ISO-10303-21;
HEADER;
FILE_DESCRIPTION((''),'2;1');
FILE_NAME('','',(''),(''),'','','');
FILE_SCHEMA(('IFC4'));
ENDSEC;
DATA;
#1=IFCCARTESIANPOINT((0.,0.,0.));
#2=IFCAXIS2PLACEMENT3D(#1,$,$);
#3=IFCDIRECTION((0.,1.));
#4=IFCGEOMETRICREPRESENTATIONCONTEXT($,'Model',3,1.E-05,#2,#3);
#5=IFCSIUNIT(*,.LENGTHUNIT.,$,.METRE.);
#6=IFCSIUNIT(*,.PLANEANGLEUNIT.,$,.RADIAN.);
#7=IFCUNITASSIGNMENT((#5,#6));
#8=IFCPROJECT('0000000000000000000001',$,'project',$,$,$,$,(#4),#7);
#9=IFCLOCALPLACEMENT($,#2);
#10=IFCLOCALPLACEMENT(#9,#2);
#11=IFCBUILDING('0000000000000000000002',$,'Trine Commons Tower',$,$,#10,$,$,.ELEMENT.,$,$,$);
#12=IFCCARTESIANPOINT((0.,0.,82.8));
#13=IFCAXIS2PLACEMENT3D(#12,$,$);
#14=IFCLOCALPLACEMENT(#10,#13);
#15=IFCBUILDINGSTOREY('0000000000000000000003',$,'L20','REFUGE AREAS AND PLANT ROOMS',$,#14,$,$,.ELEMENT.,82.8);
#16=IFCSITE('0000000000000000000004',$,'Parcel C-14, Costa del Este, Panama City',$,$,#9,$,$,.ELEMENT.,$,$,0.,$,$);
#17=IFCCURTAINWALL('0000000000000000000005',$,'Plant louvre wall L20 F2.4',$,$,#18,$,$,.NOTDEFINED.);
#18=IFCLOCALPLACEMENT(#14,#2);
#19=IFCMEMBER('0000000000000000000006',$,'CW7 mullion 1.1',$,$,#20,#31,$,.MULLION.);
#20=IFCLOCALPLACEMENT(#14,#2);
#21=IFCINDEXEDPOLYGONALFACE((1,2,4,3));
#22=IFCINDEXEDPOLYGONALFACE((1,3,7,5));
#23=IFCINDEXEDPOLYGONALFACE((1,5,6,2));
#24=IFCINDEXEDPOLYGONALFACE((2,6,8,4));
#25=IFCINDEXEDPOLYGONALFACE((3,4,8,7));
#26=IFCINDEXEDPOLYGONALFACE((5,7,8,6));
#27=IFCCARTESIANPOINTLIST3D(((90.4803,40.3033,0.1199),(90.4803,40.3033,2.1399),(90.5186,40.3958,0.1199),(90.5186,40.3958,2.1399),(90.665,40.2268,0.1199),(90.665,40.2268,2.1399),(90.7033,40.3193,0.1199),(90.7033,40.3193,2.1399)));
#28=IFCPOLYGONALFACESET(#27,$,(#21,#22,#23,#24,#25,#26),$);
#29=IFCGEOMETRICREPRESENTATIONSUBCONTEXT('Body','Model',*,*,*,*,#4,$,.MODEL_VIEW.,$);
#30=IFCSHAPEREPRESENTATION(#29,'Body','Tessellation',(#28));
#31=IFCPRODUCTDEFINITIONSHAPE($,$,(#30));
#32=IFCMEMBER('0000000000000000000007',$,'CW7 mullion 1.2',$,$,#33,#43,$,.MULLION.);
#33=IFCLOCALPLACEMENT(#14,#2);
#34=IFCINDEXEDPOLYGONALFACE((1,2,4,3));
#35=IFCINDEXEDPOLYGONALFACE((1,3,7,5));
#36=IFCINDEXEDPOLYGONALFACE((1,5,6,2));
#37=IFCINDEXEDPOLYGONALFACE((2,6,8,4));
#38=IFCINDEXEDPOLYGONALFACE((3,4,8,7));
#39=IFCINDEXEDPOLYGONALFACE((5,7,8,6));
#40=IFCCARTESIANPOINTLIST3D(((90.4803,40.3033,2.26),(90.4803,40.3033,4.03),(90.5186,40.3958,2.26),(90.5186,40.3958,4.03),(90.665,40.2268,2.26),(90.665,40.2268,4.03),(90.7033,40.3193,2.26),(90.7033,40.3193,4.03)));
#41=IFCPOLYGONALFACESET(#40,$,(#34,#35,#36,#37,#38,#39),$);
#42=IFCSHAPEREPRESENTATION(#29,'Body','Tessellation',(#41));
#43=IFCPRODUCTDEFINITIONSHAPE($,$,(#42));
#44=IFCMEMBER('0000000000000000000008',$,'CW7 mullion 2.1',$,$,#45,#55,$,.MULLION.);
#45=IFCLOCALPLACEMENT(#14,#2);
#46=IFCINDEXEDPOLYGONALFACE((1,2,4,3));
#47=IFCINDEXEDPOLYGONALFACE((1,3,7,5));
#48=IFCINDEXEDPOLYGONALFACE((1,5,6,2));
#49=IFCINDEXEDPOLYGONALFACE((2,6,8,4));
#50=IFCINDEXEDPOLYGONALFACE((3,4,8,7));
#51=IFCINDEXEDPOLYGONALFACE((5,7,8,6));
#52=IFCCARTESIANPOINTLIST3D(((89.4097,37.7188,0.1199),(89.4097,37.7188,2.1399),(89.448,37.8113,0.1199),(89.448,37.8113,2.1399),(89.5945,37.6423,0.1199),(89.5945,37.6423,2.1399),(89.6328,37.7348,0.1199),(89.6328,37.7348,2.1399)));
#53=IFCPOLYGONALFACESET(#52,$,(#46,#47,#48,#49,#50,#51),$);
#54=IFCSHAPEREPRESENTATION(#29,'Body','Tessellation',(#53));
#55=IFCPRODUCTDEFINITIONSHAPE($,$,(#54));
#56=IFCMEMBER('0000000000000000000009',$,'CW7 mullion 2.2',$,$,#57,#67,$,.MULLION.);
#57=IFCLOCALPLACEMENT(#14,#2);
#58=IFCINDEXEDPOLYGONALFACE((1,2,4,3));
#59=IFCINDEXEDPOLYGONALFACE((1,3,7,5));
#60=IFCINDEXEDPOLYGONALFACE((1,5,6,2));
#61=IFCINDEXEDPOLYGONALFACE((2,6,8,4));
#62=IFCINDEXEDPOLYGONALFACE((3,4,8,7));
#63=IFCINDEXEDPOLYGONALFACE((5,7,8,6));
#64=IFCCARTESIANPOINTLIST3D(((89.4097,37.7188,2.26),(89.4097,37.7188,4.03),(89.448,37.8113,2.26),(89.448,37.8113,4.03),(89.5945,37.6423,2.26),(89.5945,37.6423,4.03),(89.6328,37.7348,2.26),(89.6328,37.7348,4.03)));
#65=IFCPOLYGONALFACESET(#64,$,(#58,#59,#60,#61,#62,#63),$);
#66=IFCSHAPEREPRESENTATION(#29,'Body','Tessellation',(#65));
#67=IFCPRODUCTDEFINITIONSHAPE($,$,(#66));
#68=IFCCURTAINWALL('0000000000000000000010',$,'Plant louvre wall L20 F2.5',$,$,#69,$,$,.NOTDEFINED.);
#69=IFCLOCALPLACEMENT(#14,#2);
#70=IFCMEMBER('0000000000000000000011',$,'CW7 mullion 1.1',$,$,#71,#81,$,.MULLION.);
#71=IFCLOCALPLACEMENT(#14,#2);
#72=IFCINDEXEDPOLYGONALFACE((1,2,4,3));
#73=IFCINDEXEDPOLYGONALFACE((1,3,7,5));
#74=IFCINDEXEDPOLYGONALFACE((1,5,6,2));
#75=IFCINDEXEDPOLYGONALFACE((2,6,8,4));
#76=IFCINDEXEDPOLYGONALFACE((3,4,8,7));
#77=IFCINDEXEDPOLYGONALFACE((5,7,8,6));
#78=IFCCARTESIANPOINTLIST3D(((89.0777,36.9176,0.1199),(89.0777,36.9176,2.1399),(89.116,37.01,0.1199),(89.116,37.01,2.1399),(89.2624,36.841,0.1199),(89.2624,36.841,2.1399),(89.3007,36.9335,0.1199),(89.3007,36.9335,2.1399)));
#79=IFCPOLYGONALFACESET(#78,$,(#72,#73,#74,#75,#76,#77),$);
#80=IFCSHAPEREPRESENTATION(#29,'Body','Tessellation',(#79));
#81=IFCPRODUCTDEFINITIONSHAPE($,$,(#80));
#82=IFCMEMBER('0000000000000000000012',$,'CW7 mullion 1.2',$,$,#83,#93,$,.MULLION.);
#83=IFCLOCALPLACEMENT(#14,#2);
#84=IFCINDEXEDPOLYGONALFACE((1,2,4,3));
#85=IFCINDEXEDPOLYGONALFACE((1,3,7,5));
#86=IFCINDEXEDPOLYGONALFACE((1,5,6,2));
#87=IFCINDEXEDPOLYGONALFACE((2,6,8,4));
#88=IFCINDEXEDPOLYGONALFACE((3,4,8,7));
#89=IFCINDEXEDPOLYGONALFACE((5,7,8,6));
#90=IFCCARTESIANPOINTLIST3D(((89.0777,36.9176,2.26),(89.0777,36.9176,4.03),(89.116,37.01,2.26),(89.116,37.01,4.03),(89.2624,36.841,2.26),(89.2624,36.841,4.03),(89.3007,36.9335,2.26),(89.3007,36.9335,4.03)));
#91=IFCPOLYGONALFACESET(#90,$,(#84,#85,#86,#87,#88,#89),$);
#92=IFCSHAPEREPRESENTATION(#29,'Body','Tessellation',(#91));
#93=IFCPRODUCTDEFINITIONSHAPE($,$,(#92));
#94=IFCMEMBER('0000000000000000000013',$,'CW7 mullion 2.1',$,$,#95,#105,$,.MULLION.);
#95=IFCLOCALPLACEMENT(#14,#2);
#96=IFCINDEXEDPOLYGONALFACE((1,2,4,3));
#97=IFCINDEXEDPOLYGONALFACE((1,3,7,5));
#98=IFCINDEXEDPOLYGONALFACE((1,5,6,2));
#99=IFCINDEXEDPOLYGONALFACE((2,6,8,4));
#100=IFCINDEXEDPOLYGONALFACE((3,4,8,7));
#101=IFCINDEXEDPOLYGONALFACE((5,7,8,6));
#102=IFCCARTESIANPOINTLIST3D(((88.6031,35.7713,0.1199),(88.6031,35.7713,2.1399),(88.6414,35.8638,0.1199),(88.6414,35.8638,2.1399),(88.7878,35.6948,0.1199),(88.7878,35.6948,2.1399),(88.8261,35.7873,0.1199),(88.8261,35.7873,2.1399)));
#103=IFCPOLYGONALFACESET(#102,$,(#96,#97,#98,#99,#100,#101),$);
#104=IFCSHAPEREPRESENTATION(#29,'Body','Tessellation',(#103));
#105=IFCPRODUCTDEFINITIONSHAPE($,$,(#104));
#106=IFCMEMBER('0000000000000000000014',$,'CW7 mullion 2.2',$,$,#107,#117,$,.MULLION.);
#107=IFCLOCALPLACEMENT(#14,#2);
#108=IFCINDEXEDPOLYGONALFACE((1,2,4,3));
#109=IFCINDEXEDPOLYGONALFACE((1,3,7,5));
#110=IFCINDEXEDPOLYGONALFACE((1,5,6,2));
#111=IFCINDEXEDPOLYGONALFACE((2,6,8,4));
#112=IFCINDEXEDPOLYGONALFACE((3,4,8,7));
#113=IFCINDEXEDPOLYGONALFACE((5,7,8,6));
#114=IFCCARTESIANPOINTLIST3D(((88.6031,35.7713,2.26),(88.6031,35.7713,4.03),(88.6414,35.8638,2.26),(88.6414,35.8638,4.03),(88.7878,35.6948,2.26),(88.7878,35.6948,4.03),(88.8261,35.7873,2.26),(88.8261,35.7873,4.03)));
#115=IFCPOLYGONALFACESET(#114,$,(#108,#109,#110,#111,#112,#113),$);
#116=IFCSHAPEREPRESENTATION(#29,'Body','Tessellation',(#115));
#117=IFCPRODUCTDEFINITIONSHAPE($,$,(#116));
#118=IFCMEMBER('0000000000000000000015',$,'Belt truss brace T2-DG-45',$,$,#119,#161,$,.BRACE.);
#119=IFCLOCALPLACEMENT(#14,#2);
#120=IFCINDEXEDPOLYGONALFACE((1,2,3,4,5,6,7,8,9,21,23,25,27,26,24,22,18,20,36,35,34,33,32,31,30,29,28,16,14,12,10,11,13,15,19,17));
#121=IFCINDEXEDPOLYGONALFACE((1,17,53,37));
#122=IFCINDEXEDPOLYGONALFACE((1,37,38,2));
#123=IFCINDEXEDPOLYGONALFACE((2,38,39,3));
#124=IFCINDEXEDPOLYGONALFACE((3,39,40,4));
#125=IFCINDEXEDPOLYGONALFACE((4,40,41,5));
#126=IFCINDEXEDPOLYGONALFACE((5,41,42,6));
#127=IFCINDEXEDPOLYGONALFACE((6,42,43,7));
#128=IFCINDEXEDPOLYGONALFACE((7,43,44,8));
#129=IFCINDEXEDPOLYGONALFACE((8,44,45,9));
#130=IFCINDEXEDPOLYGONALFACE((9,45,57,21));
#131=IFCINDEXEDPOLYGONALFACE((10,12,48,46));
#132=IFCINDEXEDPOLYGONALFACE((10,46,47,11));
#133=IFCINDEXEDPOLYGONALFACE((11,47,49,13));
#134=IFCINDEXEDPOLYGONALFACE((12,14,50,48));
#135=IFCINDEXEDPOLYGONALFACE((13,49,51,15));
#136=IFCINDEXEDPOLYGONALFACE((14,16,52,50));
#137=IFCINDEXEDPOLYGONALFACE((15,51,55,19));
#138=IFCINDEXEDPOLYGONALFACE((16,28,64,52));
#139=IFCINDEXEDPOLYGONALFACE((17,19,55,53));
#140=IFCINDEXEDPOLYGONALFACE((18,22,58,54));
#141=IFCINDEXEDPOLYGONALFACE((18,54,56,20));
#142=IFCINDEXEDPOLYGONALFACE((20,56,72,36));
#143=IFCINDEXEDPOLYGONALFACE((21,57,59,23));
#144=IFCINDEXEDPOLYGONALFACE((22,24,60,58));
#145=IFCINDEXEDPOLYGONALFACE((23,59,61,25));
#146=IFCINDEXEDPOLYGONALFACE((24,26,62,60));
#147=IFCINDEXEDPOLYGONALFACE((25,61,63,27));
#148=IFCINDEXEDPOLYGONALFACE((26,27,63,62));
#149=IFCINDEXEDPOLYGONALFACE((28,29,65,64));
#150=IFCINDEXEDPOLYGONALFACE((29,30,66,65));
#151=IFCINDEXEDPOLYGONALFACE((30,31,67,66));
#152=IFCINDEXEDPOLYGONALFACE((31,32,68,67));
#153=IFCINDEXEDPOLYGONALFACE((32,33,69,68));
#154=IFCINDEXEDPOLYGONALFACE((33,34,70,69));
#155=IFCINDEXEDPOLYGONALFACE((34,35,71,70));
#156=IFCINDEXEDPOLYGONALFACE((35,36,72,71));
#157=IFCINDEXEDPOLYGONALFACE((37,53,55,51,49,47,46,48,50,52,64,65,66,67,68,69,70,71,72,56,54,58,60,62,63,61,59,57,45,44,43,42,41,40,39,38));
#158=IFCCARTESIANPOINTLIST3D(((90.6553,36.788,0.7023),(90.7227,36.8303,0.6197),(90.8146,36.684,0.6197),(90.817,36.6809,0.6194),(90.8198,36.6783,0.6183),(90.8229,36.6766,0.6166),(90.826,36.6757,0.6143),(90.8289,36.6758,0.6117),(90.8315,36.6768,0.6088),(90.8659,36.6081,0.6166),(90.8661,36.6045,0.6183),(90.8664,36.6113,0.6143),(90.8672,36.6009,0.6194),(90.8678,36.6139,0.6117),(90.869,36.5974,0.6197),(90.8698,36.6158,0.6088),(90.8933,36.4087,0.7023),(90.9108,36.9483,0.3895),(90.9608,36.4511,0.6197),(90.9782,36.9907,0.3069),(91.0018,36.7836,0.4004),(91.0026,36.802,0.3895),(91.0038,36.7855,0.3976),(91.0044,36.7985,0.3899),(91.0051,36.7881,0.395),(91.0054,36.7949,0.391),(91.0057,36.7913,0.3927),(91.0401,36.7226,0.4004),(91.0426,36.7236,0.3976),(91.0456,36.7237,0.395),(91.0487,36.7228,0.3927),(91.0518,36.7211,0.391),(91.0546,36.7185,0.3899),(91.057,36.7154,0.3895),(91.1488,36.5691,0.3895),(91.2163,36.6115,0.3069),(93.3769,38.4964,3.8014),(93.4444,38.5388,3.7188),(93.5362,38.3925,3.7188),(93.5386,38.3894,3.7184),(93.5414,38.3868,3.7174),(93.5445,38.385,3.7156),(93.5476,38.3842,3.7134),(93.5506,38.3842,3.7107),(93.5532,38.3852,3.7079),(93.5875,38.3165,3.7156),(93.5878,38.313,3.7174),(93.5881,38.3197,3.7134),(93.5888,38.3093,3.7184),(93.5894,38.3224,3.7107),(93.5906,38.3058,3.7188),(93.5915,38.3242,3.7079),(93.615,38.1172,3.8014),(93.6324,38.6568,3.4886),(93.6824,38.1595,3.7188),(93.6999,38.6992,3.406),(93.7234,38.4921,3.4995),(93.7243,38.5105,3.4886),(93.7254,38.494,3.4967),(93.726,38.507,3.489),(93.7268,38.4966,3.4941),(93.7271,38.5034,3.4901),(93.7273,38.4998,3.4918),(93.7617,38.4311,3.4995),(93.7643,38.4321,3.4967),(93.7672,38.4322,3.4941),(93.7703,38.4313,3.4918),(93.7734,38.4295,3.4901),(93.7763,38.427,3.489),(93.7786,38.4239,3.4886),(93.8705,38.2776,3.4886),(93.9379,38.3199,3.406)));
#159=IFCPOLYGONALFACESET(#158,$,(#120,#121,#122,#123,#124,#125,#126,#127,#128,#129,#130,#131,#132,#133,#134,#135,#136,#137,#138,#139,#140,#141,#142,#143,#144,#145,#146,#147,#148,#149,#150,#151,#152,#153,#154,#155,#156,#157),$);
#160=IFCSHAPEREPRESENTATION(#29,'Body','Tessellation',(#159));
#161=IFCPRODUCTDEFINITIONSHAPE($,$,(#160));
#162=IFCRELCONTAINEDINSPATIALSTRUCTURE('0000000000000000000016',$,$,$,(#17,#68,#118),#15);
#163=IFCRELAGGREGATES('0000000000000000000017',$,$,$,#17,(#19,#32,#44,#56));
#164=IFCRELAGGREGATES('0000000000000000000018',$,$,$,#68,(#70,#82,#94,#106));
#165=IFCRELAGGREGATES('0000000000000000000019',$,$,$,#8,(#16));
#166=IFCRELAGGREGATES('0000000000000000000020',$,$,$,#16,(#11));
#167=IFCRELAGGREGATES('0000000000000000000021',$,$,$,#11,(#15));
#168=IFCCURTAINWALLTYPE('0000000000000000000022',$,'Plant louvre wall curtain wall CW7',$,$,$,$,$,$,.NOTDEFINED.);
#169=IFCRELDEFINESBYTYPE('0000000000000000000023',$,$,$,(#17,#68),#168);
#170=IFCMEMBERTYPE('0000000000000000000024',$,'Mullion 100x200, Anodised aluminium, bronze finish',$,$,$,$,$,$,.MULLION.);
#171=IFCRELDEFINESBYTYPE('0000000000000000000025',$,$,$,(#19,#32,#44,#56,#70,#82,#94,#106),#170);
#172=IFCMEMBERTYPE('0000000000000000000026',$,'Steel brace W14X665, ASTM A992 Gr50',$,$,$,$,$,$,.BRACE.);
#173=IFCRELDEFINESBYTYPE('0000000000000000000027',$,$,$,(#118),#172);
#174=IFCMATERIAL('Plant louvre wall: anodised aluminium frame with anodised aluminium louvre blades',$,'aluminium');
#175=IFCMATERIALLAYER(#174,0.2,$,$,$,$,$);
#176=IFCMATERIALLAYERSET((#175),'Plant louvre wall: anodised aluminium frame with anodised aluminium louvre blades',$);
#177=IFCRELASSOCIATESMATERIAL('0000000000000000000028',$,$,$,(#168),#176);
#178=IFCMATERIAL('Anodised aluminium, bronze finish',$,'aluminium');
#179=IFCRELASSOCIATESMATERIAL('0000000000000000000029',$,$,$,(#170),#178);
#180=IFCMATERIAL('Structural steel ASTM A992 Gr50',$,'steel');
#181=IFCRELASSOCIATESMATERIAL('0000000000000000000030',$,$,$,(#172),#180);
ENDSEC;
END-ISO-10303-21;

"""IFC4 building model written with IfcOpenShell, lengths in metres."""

from ifc_helpers import new_model, si_unit, direction, frame, origin, origin_2d, place, context, subcontext, project, spatial, rectangle, i_section, extrude, material, layer, layer_set, material_profile, profile_set, type_object, element, aggregate, save


model = new_model("IFC4")

# Units and contexts
model_context = context("Model", 3, precision=1e-05, world=origin(), true_north=direction((0.0, 1.0)))
body_context = subcontext(model_context, "Body", "Model", "MODEL_VIEW")
ifc_project = project(units=[si_unit("LENGTHUNIT", "METRE"), si_unit("PLANEANGLEUNIT", "RADIAN")], contexts=[model_context])

# Site, building, storey
site_placement = place(None, origin())
site = spatial("IfcSite", under=ifc_project, at=site_placement, Name="Parcel C-14, Costa del Este, Panama City", CompositionType="ELEMENT", RefElevation=0.0)
building_placement = place(site_placement, origin())
building = spatial("IfcBuilding", under=site, at=building_placement, Name="Trine Commons Tower", CompositionType="ELEMENT")
storey_placement = place(building_placement, frame((0.0, 0.0, 82.8)))
storey = spatial("IfcBuildingStorey", under=building, at=storey_placement, Name="L20", Description="REFUGE AREAS AND PLANT ROOMS", CompositionType="ELEMENT", Elevation=82.8)

# Curtain walls, members
ifc_material_1 = material(Name="Plant louvre wall: anodised aluminium frame with anodised aluminium louvre blades", Category="aluminium")
ifc_layer_1 = layer(ifc_material_1, 0.2)
ifc_layer_set_1 = layer_set([ifc_layer_1], Name="Plant louvre wall: anodised aluminium frame with anodised aluminium louvre blades")
curtain_wall_type = type_object("IfcCurtainWallType", Name="Plant louvre wall curtain wall CW7", PredefinedType="NOTDEFINED", material=ifc_layer_set_1)
curtain_wall_1_placement = place(storey_placement, origin())
curtain_wall_1 = element("IfcCurtainWall", 1, at=curtain_wall_1_placement, inside=storey, type_object=curtain_wall_type, Name="Plant louvre wall L20 F2.4", PredefinedType="NOTDEFINED")
ifc_material_2 = material(Name="Anodised aluminium, bronze finish", Category="aluminium")
ifc_material_profile_1 = material_profile(ifc_material_2, rectangle(XDim=0.2, YDim=0.1001, at=origin_2d()), Name="Mullion 100x200")
ifc_profile_set_1 = profile_set([ifc_material_profile_1], Name="Anodised aluminium, bronze finish")
member_type_1 = type_object("IfcMemberType", Name="Mullion 100x200, Anodised aluminium, bronze finish", PredefinedType="MULLION", material=ifc_profile_set_1)
member_1_placement = place(storey_placement, frame((90.5918, 40.3113, 0.1199), z_axis=(0.0, 0.0, 1.0), x_axis=(0.92388, -0.382683, 0.0)))
member_1 = element("IfcMember", 2, at=member_1_placement, type_object=member_type_1, Name="CW7 mullion 1.1", PredefinedType="MULLION", context=body_context, shape_type="SweptSolid", body=[
    extrude(rectangle(XDim=0.2, YDim=0.1001, at=origin_2d()), origin(), (0.0, 0.0, 1.0), 2.02),
])
member_2_placement = place(storey_placement, frame((90.5918, 40.3113, 2.26), z_axis=(0.0, 0.0, 1.0), x_axis=(0.92388, -0.382683, 0.0)))
member_2 = element("IfcMember", 3, at=member_2_placement, type_object=member_type_1, Name="CW7 mullion 1.2", PredefinedType="MULLION", context=body_context, shape_type="SweptSolid", body=[
    extrude(rectangle(XDim=0.2, YDim=0.1001, at=origin_2d()), origin(), (0.0, 0.0, 1.0), 1.77),
])
member_3_placement = place(storey_placement, frame((89.5212, 37.7268, 0.1199), z_axis=(0.0, 0.0, 1.0), x_axis=(0.92388, -0.382683, 0.0)))
member_3 = element("IfcMember", 4, at=member_3_placement, type_object=member_type_1, Name="CW7 mullion 2.1", PredefinedType="MULLION", context=body_context, shape_type="SweptSolid", body=[
    extrude(rectangle(XDim=0.2, YDim=0.1001, at=origin_2d()), origin(), (0.0, 0.0, 1.0), 2.02),
])
member_4_placement = place(storey_placement, frame((89.5212, 37.7268, 2.26), z_axis=(0.0, 0.0, 1.0), x_axis=(0.92388, -0.382683, 0.0)))
member_4 = element("IfcMember", 5, at=member_4_placement, type_object=member_type_1, Name="CW7 mullion 2.2", PredefinedType="MULLION", context=body_context, shape_type="SweptSolid", body=[
    extrude(rectangle(XDim=0.2, YDim=0.1001, at=origin_2d()), origin(), (0.0, 0.0, 1.0), 1.77),
])
curtain_wall_2_placement = place(storey_placement, origin())
curtain_wall_2 = element("IfcCurtainWall", 6, at=curtain_wall_2_placement, inside=storey, type_object=curtain_wall_type, Name="Plant louvre wall L20 F2.5", PredefinedType="NOTDEFINED")
member_5_placement = place(storey_placement, frame((89.1892, 36.9255, 0.1199), z_axis=(0.0, 0.0, 1.0), x_axis=(0.92388, -0.382683, 0.0)))
member_5 = element("IfcMember", 7, at=member_5_placement, type_object=member_type_1, Name="CW7 mullion 1.1", PredefinedType="MULLION", context=body_context, shape_type="SweptSolid", body=[
    extrude(rectangle(XDim=0.2, YDim=0.1001, at=origin_2d()), origin(), (0.0, 0.0, 1.0), 2.02),
])
member_6_placement = place(storey_placement, frame((89.1892, 36.9255, 2.26), z_axis=(0.0, 0.0, 1.0), x_axis=(0.92388, -0.382683, 0.0)))
member_6 = element("IfcMember", 8, at=member_6_placement, type_object=member_type_1, Name="CW7 mullion 1.2", PredefinedType="MULLION", context=body_context, shape_type="SweptSolid", body=[
    extrude(rectangle(XDim=0.2, YDim=0.1001, at=origin_2d()), origin(), (0.0, 0.0, 1.0), 1.77),
])
member_7_placement = place(storey_placement, frame((88.7146, 35.7793, 0.1199), z_axis=(0.0, 0.0, 1.0), x_axis=(0.92388, -0.382683, 0.0)))
member_7 = element("IfcMember", 9, at=member_7_placement, type_object=member_type_1, Name="CW7 mullion 2.1", PredefinedType="MULLION", context=body_context, shape_type="SweptSolid", body=[
    extrude(rectangle(XDim=0.2, YDim=0.1001, at=origin_2d()), origin(), (0.0, 0.0, 1.0), 2.02),
])
member_8_placement = place(storey_placement, frame((88.7146, 35.7793, 2.26), z_axis=(0.0, 0.0, 1.0), x_axis=(0.92388, -0.382683, 0.0)))
member_8 = element("IfcMember", 10, at=member_8_placement, type_object=member_type_1, Name="CW7 mullion 2.2", PredefinedType="MULLION", context=body_context, shape_type="SweptSolid", body=[
    extrude(rectangle(XDim=0.2, YDim=0.1001, at=origin_2d()), origin(), (0.0, 0.0, 1.0), 1.77),
])

# Member
ifc_material_3 = material(Name="Structural steel ASTM A992 Gr50", Category="steel")
ifc_material_profile_2 = material_profile(ifc_material_3, i_section(OverallWidth=0.4478, OverallDepth=0.5493, WebThickness=0.072, FlangeThickness=0.1147, FilletRadius=0.0151, at=origin_2d()), Name="W14X665")
ifc_profile_set_2 = profile_set([ifc_material_profile_2], Name="Structural steel ASTM A992 Gr50")
member_type_2 = type_object("IfcMemberType", Name="Steel brace W14X665, ASTM A992 Gr50", PredefinedType="BRACE", material=ifc_profile_set_2)
member_9_placement = place(storey_placement, frame((90.9358, 36.6997, 0.5046), z_axis=(0.609638, 0.382692, 0.694182), x_axis=(-0.531664, 0.846955, 0.0)))
element("IfcMember", 11, at=member_9_placement, inside=storey, type_object=member_type_2, Name="Belt truss brace T2-DG-45", PredefinedType="BRACE", context=body_context, shape_type="SweptSolid", body=[
    extrude(i_section(OverallWidth=0.4478, OverallDepth=0.5493, WebThickness=0.072, FlangeThickness=0.1147, FilletRadius=0.0151, at=origin_2d()), origin(), (0.0, 0.0, 1.0), 4.4644),
])

aggregate(curtain_wall_1, [member_1, member_2, member_3, member_4])
aggregate(curtain_wall_2, [member_5, member_6, member_7, member_8])

save(model, "model.ifc")
